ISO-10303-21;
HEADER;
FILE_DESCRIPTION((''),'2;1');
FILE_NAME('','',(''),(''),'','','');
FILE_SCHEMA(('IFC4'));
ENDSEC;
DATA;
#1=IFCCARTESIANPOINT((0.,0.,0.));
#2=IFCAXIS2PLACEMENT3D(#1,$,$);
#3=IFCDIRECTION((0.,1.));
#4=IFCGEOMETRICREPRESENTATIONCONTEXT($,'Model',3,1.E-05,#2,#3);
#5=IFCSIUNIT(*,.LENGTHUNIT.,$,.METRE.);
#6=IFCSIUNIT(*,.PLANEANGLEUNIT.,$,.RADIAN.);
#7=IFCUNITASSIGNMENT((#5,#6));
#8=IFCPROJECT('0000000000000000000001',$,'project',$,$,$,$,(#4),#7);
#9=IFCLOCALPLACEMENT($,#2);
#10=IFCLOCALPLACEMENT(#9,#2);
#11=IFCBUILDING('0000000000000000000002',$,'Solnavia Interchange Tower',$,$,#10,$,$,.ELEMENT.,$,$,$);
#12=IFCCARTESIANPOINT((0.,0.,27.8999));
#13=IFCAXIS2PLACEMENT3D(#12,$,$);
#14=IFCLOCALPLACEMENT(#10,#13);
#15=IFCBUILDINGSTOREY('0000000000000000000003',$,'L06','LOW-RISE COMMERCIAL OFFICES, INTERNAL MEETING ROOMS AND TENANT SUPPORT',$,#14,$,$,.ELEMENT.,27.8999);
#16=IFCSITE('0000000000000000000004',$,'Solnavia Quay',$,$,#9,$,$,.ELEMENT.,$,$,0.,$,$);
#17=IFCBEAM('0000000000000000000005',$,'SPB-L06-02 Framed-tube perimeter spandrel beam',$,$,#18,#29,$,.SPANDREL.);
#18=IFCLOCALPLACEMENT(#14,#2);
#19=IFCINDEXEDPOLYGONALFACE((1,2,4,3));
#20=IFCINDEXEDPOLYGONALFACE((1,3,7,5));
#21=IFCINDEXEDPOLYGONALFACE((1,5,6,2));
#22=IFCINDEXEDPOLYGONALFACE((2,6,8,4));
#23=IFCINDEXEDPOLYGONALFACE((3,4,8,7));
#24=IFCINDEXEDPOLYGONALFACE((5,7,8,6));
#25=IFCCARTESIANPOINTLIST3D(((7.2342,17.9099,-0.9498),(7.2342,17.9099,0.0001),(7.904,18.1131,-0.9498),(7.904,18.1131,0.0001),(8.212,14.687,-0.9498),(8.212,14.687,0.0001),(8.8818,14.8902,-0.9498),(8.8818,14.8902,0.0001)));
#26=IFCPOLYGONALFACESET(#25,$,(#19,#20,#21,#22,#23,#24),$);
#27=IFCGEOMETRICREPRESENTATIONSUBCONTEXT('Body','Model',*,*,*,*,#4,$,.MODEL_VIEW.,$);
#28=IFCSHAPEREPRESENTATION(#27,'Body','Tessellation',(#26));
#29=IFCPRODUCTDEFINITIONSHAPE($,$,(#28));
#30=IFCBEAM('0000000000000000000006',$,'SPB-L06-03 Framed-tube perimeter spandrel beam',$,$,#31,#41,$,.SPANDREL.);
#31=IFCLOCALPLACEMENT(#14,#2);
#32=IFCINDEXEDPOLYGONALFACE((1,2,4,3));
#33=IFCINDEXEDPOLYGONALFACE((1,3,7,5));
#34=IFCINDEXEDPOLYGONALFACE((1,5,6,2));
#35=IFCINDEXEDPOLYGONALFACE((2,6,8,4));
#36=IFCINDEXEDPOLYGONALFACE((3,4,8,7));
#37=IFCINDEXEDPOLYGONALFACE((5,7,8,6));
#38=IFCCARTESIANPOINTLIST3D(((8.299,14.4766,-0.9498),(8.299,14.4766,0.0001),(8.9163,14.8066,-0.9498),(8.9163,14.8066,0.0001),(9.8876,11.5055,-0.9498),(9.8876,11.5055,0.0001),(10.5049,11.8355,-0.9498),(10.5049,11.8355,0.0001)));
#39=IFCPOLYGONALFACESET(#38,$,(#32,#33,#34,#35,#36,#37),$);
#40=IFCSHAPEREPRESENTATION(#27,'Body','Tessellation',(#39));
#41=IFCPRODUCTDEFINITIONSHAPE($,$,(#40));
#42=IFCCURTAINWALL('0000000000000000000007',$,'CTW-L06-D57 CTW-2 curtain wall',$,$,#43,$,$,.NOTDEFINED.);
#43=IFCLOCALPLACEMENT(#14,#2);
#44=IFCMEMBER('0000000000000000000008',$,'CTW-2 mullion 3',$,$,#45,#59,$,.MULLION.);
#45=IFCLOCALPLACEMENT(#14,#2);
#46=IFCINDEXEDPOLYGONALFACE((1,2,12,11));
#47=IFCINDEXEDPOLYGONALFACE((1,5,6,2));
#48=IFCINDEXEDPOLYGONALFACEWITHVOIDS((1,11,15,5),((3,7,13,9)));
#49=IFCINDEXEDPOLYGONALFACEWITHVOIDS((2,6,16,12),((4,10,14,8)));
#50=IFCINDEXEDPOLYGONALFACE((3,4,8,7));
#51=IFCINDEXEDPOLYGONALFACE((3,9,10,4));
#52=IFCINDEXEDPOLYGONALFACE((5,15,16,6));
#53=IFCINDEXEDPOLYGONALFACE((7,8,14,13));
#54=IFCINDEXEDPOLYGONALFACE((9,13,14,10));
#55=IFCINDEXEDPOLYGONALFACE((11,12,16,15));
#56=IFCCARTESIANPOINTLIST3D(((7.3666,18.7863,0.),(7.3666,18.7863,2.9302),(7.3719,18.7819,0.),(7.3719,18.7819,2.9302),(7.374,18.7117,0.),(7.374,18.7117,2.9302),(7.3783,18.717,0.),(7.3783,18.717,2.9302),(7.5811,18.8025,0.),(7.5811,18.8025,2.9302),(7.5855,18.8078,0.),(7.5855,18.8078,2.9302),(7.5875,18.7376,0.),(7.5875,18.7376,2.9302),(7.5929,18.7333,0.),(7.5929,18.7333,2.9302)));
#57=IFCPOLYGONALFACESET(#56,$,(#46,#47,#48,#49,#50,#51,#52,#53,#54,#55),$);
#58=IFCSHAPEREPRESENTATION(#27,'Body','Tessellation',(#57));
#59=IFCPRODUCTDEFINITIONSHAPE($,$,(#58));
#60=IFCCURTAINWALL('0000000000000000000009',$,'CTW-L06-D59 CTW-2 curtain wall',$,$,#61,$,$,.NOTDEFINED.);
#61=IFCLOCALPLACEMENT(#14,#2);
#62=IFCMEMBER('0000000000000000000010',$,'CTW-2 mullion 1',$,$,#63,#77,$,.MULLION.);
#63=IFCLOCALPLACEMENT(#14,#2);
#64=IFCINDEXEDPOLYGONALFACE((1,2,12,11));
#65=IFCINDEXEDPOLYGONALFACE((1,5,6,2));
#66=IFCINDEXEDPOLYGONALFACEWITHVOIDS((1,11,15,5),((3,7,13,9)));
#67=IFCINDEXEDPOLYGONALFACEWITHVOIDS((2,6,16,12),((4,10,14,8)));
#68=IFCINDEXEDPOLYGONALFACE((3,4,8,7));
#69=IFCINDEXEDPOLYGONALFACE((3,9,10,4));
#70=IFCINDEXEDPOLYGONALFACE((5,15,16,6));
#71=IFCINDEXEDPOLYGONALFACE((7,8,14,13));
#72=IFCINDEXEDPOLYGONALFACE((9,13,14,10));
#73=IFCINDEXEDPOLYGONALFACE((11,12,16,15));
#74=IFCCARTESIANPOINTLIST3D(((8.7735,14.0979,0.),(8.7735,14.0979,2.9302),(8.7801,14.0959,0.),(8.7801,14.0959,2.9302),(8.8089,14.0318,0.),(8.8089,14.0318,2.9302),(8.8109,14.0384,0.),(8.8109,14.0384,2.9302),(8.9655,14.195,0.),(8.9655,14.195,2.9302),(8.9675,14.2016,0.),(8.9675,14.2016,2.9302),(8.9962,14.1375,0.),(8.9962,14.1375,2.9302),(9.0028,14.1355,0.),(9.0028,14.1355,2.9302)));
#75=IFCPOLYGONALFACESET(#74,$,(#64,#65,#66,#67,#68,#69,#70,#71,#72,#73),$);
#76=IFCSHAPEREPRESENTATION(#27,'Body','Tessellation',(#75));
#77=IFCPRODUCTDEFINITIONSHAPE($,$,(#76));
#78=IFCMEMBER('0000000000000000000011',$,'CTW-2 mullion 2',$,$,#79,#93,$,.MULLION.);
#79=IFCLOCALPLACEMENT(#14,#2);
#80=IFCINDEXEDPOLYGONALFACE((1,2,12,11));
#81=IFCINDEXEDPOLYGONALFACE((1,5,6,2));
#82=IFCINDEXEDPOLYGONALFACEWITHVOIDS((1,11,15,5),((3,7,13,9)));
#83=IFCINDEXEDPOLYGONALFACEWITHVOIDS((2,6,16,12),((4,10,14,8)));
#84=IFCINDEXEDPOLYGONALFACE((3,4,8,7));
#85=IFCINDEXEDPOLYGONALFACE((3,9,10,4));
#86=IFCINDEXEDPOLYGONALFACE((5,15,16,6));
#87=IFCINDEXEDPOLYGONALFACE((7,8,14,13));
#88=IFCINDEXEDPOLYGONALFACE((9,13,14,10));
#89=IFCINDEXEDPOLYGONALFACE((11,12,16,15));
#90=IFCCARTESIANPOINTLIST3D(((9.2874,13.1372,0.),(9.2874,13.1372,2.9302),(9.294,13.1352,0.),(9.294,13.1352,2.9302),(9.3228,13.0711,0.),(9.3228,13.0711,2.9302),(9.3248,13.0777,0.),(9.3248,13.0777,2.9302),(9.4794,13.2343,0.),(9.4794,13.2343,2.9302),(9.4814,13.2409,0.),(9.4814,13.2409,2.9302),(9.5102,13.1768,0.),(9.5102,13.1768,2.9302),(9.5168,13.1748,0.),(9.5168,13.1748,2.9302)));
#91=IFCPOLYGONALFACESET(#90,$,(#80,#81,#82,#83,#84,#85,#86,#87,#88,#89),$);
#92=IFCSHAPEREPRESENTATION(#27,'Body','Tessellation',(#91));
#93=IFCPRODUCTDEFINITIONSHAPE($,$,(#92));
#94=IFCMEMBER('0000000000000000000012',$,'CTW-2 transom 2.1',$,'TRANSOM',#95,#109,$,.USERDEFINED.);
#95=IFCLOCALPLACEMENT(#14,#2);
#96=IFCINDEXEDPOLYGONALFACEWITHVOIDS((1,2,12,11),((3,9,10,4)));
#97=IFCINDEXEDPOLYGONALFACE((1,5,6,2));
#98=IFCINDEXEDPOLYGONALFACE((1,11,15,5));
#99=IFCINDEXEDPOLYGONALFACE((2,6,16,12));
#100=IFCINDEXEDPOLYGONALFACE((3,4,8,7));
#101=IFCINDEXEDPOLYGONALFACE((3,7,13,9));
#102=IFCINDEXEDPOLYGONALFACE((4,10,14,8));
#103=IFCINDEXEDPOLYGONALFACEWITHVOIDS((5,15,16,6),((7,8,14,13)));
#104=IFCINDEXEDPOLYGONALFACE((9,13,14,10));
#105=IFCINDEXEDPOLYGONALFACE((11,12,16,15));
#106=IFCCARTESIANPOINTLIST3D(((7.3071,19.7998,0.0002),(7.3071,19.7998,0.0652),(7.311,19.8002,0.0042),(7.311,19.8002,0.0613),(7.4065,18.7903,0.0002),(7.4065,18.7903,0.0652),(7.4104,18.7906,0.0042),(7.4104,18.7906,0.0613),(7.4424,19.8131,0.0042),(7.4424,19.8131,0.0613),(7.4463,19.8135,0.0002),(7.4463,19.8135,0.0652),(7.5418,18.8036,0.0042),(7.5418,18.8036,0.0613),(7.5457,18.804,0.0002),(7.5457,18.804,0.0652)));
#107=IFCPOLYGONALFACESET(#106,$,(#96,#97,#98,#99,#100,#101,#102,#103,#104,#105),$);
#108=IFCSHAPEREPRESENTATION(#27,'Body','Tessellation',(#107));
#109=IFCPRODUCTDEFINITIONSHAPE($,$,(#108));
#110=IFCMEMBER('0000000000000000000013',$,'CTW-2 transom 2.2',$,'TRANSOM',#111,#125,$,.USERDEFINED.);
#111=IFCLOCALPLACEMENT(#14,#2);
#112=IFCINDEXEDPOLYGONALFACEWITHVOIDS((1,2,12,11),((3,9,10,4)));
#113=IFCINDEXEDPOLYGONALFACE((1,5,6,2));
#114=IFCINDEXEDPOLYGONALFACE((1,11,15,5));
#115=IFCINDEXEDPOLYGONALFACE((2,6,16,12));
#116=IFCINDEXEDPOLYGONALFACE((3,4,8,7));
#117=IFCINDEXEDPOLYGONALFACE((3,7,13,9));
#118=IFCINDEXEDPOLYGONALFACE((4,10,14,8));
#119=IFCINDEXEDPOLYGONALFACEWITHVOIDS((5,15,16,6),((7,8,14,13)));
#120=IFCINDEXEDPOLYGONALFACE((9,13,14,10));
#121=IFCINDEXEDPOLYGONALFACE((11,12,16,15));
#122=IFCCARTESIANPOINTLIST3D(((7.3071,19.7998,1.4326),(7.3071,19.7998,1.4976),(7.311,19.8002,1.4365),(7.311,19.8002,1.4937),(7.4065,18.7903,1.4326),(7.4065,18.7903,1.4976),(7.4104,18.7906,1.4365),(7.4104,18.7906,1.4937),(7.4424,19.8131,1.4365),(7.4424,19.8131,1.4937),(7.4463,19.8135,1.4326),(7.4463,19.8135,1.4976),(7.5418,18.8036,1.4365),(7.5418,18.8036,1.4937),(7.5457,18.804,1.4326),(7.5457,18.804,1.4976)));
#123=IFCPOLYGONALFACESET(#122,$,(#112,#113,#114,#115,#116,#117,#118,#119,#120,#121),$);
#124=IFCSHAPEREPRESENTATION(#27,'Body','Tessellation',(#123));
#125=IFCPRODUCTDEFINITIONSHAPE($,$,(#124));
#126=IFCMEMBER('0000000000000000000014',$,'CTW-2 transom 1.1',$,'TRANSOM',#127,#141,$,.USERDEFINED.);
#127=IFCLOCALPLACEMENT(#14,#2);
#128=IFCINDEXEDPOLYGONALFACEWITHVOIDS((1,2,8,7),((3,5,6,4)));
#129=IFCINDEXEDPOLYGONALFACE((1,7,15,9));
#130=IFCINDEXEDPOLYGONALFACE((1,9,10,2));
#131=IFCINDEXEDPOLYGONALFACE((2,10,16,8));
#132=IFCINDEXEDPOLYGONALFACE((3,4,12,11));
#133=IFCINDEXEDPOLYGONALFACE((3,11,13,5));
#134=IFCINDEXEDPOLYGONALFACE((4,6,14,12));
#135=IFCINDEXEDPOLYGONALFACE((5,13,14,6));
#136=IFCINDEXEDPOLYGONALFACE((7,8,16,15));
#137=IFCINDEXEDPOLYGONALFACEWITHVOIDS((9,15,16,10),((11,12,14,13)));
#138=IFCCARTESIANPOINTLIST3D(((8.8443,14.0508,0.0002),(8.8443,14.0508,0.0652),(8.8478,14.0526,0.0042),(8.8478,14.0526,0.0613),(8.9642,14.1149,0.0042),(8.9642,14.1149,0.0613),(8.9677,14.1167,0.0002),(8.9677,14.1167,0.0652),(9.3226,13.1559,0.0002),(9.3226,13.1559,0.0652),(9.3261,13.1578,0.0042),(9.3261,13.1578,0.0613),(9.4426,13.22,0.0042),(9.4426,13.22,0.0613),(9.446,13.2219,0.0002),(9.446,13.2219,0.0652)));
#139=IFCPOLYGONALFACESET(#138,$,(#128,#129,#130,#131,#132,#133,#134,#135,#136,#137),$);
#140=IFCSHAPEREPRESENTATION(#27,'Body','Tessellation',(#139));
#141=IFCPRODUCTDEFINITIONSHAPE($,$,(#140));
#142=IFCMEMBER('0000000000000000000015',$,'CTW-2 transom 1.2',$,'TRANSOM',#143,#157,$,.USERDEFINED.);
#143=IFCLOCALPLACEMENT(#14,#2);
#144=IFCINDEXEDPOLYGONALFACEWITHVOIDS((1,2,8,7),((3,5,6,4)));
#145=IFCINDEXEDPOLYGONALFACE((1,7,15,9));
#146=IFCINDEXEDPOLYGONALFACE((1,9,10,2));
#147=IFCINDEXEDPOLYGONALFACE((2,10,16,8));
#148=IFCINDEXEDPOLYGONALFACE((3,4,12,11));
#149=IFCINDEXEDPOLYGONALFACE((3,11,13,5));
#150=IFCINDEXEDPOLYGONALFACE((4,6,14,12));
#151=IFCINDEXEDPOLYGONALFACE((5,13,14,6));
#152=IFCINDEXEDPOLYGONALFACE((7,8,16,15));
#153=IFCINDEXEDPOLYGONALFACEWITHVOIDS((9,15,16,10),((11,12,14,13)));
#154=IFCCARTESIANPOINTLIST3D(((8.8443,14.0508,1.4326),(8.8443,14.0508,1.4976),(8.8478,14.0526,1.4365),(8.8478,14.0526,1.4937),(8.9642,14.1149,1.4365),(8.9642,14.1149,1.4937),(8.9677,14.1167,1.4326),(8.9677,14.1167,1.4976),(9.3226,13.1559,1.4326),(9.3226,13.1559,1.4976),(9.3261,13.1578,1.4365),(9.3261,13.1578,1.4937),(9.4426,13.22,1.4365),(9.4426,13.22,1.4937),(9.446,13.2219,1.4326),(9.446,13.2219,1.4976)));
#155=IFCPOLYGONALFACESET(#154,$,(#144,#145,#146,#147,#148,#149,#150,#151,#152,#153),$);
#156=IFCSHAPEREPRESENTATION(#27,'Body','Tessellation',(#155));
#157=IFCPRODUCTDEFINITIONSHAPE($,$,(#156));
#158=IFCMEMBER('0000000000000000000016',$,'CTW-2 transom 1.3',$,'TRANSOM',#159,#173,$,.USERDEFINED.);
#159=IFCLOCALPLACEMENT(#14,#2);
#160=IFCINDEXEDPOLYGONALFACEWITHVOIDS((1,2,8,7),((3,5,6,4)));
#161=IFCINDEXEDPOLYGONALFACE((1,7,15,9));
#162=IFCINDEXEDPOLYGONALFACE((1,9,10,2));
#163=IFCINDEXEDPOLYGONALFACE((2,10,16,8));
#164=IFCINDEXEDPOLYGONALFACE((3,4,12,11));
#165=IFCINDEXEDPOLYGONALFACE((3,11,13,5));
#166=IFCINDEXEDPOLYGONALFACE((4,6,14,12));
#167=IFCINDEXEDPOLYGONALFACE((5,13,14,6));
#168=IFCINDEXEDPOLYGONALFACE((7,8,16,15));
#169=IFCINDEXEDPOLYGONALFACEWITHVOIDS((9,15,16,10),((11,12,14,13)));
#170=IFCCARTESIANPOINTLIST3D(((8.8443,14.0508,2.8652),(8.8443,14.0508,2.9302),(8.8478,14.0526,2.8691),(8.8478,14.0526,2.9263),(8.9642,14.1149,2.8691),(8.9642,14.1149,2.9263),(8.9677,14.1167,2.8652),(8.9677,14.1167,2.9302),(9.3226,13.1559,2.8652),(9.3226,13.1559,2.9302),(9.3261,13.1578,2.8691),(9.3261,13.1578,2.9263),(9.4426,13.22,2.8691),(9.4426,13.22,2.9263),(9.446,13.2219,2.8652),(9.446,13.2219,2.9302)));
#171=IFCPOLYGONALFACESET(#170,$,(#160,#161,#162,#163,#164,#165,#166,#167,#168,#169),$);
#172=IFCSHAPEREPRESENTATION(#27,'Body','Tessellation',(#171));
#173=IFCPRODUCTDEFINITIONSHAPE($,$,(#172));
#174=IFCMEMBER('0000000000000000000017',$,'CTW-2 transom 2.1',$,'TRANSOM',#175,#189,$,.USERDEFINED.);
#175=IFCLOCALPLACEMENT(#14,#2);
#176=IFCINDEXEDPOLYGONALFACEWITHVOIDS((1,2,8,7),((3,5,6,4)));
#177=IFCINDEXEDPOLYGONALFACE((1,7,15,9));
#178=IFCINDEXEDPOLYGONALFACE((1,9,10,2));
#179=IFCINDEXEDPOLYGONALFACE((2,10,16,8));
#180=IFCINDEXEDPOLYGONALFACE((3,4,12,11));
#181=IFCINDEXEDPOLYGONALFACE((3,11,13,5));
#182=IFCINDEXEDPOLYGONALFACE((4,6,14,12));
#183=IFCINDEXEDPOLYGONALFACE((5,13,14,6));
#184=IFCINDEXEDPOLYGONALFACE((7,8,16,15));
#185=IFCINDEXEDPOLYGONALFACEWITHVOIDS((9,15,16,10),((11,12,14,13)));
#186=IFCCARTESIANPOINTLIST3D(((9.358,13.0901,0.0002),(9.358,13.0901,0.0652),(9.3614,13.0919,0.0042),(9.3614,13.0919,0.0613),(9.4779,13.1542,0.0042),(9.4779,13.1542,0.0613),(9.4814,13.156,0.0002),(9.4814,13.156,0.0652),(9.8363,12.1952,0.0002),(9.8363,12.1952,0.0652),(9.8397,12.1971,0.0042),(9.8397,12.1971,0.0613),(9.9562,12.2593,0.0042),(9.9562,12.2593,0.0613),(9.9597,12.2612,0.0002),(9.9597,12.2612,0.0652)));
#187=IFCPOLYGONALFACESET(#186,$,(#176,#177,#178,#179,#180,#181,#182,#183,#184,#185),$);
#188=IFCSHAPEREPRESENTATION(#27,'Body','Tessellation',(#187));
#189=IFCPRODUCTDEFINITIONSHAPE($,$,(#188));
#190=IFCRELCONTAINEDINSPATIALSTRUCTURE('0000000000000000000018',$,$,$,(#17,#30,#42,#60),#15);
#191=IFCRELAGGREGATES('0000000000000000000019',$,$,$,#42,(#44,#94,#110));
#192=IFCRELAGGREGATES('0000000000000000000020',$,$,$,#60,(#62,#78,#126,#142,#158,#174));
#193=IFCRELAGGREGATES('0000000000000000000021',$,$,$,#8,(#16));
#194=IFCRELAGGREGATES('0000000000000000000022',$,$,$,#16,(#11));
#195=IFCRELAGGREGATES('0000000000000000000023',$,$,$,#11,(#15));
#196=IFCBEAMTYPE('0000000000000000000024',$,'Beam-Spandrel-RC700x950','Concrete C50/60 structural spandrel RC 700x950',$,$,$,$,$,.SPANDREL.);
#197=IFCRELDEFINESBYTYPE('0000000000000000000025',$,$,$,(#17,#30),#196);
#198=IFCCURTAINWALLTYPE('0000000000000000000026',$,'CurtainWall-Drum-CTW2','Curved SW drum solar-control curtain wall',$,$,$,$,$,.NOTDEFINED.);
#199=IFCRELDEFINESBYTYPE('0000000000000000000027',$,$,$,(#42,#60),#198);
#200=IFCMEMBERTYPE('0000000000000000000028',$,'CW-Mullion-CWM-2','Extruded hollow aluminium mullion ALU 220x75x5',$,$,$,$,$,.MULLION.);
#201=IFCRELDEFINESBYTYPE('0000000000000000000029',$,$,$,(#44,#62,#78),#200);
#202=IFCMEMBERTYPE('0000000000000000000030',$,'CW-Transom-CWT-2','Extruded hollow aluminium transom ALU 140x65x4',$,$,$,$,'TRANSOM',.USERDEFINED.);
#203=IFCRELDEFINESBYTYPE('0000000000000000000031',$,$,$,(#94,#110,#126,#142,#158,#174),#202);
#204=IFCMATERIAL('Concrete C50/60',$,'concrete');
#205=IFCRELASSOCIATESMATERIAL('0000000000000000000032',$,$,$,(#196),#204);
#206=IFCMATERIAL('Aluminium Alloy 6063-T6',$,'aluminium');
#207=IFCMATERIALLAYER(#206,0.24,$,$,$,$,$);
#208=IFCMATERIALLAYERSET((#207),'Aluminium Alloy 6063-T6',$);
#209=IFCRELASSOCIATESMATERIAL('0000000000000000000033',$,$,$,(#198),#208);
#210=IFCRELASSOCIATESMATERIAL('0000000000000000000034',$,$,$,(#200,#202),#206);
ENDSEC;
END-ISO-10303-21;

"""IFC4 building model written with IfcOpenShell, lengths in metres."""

from ifc_helpers import new_model, si_unit, direction, frame, origin, origin_2d, place, context, subcontext, project, spatial, rectangle, hollow_rectangle, extrude, material, layer, layer_set, material_profile, profile_set, type_object, element, aggregate, save


model = new_model("IFC4")

# Units and contexts
model_context = context("Model", 3, precision=1e-05, world=origin(), true_north=direction((0.0, 1.0)))
body_context = subcontext(model_context, "Body", "Model", "MODEL_VIEW")
ifc_project = project(units=[si_unit("LENGTHUNIT", "METRE"), si_unit("PLANEANGLEUNIT", "RADIAN")], contexts=[model_context])

# Site, building, storey
site_placement = place(None, origin())
site = spatial("IfcSite", under=ifc_project, at=site_placement, Name="Solnavia Quay", CompositionType="ELEMENT", RefElevation=0.0)
building_placement = place(site_placement, origin())
building = spatial("IfcBuilding", under=site, at=building_placement, Name="Solnavia Interchange Tower", CompositionType="ELEMENT")
storey_placement = place(building_placement, frame((0.0, 0.0, 27.8999)))
storey = spatial("IfcBuildingStorey", under=building, at=storey_placement, Name="L06", Description="LOW-RISE COMMERCIAL OFFICES, INTERNAL MEETING ROOMS AND TENANT SUPPORT", CompositionType="ELEMENT", Elevation=27.8999)

# Beams
ifc_material_1 = material(Name="Concrete C50/60", Category="concrete")
ifc_material_profile_1 = material_profile(ifc_material_1, rectangle(XDim=0.7, YDim=0.95, at=origin_2d()), Name="RC 700x950")
ifc_profile_set_1 = profile_set([ifc_material_profile_1], Name="Concrete C50/60")
beam_type_1 = type_object("IfcBeamType", Name="Beam-Spandrel-RC700x950", Description="Concrete C50/60 structural spandrel RC 700x950", PredefinedType="SPANDREL", material=ifc_profile_set_1)
beam_1_placement = place(storey_placement, frame((7.5691, 18.0115, -0.4749), z_axis=(0.290319, -0.95693, 0.0), x_axis=(0.95693, 0.290319, 0.0)))
element("IfcBeam", 1, at=beam_1_placement, inside=storey, type_object=beam_type_1, Name="SPB-L06-02 Framed-tube perimeter spandrel beam", PredefinedType="SPANDREL", context=body_context, shape_type="SweptSolid", body=[
    extrude(rectangle(XDim=0.7, YDim=0.95, at=origin_2d()), origin(), (0.0, 0.0, 1.0), 3.3679),
])
beam_2_placement = place(storey_placement, frame((8.6077, 14.6416, -0.4749), z_axis=(0.471509, -0.881861, 0.0), x_axis=(0.881861, 0.471509, 0.0)))
element("IfcBeam", 2, at=beam_2_placement, inside=storey, type_object=beam_type_1, Name="SPB-L06-03 Framed-tube perimeter spandrel beam", PredefinedType="SPANDREL", context=body_context, shape_type="SweptSolid", body=[
    extrude(rectangle(XDim=0.7, YDim=0.95, at=origin_2d()), origin(), (0.0, 0.0, 1.0), 3.3691),
])

# Curtain wall, member
ifc_material_2 = material(Name="Aluminium Alloy 6063-T6", Category="aluminium")
ifc_layer_1 = layer(ifc_material_2, 0.24)
ifc_layer_set_1 = layer_set([ifc_layer_1], Name="Aluminium Alloy 6063-T6")
curtain_wall_type = type_object("IfcCurtainWallType", Name="CurtainWall-Drum-CTW2", Description="Curved SW drum solar-control curtain wall", PredefinedType="NOTDEFINED", material=ifc_layer_set_1)
curtain_wall_1_placement = place(storey_placement, origin())
curtain_wall_1 = element("IfcCurtainWall", 3, at=curtain_wall_1_placement, inside=storey, type_object=curtain_wall_type, Name="CTW-L06-D57 CTW-2 curtain wall", PredefinedType="NOTDEFINED")
ifc_material_profile_2 = material_profile(ifc_material_2, hollow_rectangle(XDim=0.075, YDim=0.22, WallThickness=0.0049, at=origin_2d()), Name="ALU 220x75x5")
ifc_profile_set_2 = profile_set([ifc_material_profile_2], Name="Aluminium Alloy 6063-T6")
member_type_1 = type_object("IfcMemberType", Name="CW-Mullion-CWM-2", Description="Extruded hollow aluminium mullion ALU 220x75x5", PredefinedType="MULLION", material=ifc_profile_set_2)
member_1_placement = place(storey_placement, frame((7.4797, 18.7598, 0.0), z_axis=(0.0, 0.0, 1.0), x_axis=(0.098045, -0.995182, 0.0)))
member_1 = element("IfcMember", 4, at=member_1_placement, type_object=member_type_1, Name="CTW-2 mullion 3", PredefinedType="MULLION", context=body_context, shape_type="SweptSolid", body=[
    extrude(hollow_rectangle(XDim=0.075, YDim=0.22, WallThickness=0.0049, at=origin_2d()), origin(), (0.0, 0.0, 1.0), 2.9302),
])

# Curtain wall, members
curtain_wall_2_placement = place(storey_placement, origin())
curtain_wall_2 = element("IfcCurtainWall", 5, at=curtain_wall_2_placement, inside=storey, type_object=curtain_wall_type, Name="CTW-L06-D59 CTW-2 curtain wall", PredefinedType="NOTDEFINED")
member_2_placement = place(storey_placement, frame((8.8882, 14.1167, 0.0), z_axis=(0.0, 0.0, 1.0), x_axis=(0.471537, -0.881846, 0.0)))
member_2 = element("IfcMember", 6, at=member_2_placement, type_object=member_type_1, Name="CTW-2 mullion 1", PredefinedType="MULLION", context=body_context, shape_type="SweptSolid", body=[
    extrude(hollow_rectangle(XDim=0.075, YDim=0.22, WallThickness=0.0049, at=origin_2d()), origin(), (0.0, 0.0, 1.0), 2.9302),
])
member_3_placement = place(storey_placement, frame((9.4021, 13.156, 0.0), z_axis=(0.0, 0.0, 1.0), x_axis=(0.471537, -0.881846, 0.0)))
member_3 = element("IfcMember", 7, at=member_3_placement, type_object=member_type_1, Name="CTW-2 mullion 2", PredefinedType="MULLION", context=body_context, shape_type="SweptSolid", body=[
    extrude(hollow_rectangle(XDim=0.075, YDim=0.22, WallThickness=0.0049, at=origin_2d()), origin(), (0.0, 0.0, 1.0), 2.9302),
])

# Members
ifc_material_profile_3 = material_profile(ifc_material_2, hollow_rectangle(XDim=0.0649, YDim=0.1399, WallThickness=0.0039, at=origin_2d()), Name="ALU 140x65x4")
ifc_profile_set_3 = profile_set([ifc_material_profile_3], Name="Aluminium Alloy 6063-T6")
member_type_2 = type_object("IfcMemberType", Name="CW-Transom-CWT-2", Description="Extruded hollow aluminium transom ALU 140x65x4", ElementType="TRANSOM", PredefinedType="USERDEFINED", material=ifc_profile_set_3)
member_4_placement = place(storey_placement, frame((7.3767, 19.8066, 0.0327), z_axis=(0.097955, -0.995191, 0.0), x_axis=(0.0, 0.0, 1.0)))
member_4 = element("IfcMember", 8, at=member_4_placement, type_object=member_type_2, Name="CTW-2 transom 2.1", ObjectType="TRANSOM", PredefinedType="USERDEFINED", context=body_context, shape_type="SweptSolid", body=[
    extrude(hollow_rectangle(XDim=0.0649, YDim=0.1399, WallThickness=0.0039, at=origin_2d()), origin(), (0.0, 0.0, 1.0), 1.0144),
])
member_5_placement = place(storey_placement, frame((7.3767, 19.8066, 1.4651), z_axis=(0.097955, -0.995191, 0.0), x_axis=(0.0, 0.0, 1.0)))
member_5 = element("IfcMember", 9, at=member_5_placement, type_object=member_type_2, Name="CTW-2 transom 2.2", ObjectType="TRANSOM", PredefinedType="USERDEFINED", context=body_context, shape_type="SweptSolid", body=[
    extrude(hollow_rectangle(XDim=0.0649, YDim=0.1399, WallThickness=0.0039, at=origin_2d()), origin(), (0.0, 0.0, 1.0), 1.0144),
])
member_6_placement = place(storey_placement, frame((8.906, 14.0837, 0.0327), z_axis=(0.4714, -0.88192, 0.0), x_axis=(0.0, 0.0, 1.0)))
member_6 = element("IfcMember", 10, at=member_6_placement, type_object=member_type_2, Name="CTW-2 transom 1.1", ObjectType="TRANSOM", PredefinedType="USERDEFINED", context=body_context, shape_type="SweptSolid", body=[
    extrude(hollow_rectangle(XDim=0.0649, YDim=0.1399, WallThickness=0.0039, at=origin_2d()), origin(), (0.0, 0.0, 1.0), 1.0146),
])
member_7_placement = place(storey_placement, frame((8.906, 14.0837, 1.4651), z_axis=(0.4714, -0.88192, 0.0), x_axis=(0.0, 0.0, 1.0)))
member_7 = element("IfcMember", 11, at=member_7_placement, type_object=member_type_2, Name="CTW-2 transom 1.2", ObjectType="TRANSOM", PredefinedType="USERDEFINED", context=body_context, shape_type="SweptSolid", body=[
    extrude(hollow_rectangle(XDim=0.0649, YDim=0.1399, WallThickness=0.0039, at=origin_2d()), origin(), (0.0, 0.0, 1.0), 1.0146),
])
member_8_placement = place(storey_placement, frame((8.906, 14.0837, 2.8977), z_axis=(0.4714, -0.88192, 0.0), x_axis=(0.0, 0.0, 1.0)))
member_8 = element("IfcMember", 12, at=member_8_placement, type_object=member_type_2, Name="CTW-2 transom 1.3", ObjectType="TRANSOM", PredefinedType="USERDEFINED", context=body_context, shape_type="SweptSolid", body=[
    extrude(hollow_rectangle(XDim=0.0649, YDim=0.1399, WallThickness=0.0039, at=origin_2d()), origin(), (0.0, 0.0, 1.0), 1.0146),
])
member_9_placement = place(storey_placement, frame((9.4197, 13.123, 0.0327), z_axis=(0.4714, -0.88192, 0.0), x_axis=(0.0, 0.0, 1.0)))
member_9 = element("IfcMember", 13, at=member_9_placement, type_object=member_type_2, Name="CTW-2 transom 2.1", ObjectType="TRANSOM", PredefinedType="USERDEFINED", context=body_context, shape_type="SweptSolid", body=[
    extrude(hollow_rectangle(XDim=0.0649, YDim=0.1399, WallThickness=0.0039, at=origin_2d()), origin(), (0.0, 0.0, 1.0), 1.0146),
])

aggregate(curtain_wall_1, [member_1, member_4, member_5])
aggregate(curtain_wall_2, [member_2, member_3, member_6, member_7, member_8, member_9])

save(model, "model.ifc")
